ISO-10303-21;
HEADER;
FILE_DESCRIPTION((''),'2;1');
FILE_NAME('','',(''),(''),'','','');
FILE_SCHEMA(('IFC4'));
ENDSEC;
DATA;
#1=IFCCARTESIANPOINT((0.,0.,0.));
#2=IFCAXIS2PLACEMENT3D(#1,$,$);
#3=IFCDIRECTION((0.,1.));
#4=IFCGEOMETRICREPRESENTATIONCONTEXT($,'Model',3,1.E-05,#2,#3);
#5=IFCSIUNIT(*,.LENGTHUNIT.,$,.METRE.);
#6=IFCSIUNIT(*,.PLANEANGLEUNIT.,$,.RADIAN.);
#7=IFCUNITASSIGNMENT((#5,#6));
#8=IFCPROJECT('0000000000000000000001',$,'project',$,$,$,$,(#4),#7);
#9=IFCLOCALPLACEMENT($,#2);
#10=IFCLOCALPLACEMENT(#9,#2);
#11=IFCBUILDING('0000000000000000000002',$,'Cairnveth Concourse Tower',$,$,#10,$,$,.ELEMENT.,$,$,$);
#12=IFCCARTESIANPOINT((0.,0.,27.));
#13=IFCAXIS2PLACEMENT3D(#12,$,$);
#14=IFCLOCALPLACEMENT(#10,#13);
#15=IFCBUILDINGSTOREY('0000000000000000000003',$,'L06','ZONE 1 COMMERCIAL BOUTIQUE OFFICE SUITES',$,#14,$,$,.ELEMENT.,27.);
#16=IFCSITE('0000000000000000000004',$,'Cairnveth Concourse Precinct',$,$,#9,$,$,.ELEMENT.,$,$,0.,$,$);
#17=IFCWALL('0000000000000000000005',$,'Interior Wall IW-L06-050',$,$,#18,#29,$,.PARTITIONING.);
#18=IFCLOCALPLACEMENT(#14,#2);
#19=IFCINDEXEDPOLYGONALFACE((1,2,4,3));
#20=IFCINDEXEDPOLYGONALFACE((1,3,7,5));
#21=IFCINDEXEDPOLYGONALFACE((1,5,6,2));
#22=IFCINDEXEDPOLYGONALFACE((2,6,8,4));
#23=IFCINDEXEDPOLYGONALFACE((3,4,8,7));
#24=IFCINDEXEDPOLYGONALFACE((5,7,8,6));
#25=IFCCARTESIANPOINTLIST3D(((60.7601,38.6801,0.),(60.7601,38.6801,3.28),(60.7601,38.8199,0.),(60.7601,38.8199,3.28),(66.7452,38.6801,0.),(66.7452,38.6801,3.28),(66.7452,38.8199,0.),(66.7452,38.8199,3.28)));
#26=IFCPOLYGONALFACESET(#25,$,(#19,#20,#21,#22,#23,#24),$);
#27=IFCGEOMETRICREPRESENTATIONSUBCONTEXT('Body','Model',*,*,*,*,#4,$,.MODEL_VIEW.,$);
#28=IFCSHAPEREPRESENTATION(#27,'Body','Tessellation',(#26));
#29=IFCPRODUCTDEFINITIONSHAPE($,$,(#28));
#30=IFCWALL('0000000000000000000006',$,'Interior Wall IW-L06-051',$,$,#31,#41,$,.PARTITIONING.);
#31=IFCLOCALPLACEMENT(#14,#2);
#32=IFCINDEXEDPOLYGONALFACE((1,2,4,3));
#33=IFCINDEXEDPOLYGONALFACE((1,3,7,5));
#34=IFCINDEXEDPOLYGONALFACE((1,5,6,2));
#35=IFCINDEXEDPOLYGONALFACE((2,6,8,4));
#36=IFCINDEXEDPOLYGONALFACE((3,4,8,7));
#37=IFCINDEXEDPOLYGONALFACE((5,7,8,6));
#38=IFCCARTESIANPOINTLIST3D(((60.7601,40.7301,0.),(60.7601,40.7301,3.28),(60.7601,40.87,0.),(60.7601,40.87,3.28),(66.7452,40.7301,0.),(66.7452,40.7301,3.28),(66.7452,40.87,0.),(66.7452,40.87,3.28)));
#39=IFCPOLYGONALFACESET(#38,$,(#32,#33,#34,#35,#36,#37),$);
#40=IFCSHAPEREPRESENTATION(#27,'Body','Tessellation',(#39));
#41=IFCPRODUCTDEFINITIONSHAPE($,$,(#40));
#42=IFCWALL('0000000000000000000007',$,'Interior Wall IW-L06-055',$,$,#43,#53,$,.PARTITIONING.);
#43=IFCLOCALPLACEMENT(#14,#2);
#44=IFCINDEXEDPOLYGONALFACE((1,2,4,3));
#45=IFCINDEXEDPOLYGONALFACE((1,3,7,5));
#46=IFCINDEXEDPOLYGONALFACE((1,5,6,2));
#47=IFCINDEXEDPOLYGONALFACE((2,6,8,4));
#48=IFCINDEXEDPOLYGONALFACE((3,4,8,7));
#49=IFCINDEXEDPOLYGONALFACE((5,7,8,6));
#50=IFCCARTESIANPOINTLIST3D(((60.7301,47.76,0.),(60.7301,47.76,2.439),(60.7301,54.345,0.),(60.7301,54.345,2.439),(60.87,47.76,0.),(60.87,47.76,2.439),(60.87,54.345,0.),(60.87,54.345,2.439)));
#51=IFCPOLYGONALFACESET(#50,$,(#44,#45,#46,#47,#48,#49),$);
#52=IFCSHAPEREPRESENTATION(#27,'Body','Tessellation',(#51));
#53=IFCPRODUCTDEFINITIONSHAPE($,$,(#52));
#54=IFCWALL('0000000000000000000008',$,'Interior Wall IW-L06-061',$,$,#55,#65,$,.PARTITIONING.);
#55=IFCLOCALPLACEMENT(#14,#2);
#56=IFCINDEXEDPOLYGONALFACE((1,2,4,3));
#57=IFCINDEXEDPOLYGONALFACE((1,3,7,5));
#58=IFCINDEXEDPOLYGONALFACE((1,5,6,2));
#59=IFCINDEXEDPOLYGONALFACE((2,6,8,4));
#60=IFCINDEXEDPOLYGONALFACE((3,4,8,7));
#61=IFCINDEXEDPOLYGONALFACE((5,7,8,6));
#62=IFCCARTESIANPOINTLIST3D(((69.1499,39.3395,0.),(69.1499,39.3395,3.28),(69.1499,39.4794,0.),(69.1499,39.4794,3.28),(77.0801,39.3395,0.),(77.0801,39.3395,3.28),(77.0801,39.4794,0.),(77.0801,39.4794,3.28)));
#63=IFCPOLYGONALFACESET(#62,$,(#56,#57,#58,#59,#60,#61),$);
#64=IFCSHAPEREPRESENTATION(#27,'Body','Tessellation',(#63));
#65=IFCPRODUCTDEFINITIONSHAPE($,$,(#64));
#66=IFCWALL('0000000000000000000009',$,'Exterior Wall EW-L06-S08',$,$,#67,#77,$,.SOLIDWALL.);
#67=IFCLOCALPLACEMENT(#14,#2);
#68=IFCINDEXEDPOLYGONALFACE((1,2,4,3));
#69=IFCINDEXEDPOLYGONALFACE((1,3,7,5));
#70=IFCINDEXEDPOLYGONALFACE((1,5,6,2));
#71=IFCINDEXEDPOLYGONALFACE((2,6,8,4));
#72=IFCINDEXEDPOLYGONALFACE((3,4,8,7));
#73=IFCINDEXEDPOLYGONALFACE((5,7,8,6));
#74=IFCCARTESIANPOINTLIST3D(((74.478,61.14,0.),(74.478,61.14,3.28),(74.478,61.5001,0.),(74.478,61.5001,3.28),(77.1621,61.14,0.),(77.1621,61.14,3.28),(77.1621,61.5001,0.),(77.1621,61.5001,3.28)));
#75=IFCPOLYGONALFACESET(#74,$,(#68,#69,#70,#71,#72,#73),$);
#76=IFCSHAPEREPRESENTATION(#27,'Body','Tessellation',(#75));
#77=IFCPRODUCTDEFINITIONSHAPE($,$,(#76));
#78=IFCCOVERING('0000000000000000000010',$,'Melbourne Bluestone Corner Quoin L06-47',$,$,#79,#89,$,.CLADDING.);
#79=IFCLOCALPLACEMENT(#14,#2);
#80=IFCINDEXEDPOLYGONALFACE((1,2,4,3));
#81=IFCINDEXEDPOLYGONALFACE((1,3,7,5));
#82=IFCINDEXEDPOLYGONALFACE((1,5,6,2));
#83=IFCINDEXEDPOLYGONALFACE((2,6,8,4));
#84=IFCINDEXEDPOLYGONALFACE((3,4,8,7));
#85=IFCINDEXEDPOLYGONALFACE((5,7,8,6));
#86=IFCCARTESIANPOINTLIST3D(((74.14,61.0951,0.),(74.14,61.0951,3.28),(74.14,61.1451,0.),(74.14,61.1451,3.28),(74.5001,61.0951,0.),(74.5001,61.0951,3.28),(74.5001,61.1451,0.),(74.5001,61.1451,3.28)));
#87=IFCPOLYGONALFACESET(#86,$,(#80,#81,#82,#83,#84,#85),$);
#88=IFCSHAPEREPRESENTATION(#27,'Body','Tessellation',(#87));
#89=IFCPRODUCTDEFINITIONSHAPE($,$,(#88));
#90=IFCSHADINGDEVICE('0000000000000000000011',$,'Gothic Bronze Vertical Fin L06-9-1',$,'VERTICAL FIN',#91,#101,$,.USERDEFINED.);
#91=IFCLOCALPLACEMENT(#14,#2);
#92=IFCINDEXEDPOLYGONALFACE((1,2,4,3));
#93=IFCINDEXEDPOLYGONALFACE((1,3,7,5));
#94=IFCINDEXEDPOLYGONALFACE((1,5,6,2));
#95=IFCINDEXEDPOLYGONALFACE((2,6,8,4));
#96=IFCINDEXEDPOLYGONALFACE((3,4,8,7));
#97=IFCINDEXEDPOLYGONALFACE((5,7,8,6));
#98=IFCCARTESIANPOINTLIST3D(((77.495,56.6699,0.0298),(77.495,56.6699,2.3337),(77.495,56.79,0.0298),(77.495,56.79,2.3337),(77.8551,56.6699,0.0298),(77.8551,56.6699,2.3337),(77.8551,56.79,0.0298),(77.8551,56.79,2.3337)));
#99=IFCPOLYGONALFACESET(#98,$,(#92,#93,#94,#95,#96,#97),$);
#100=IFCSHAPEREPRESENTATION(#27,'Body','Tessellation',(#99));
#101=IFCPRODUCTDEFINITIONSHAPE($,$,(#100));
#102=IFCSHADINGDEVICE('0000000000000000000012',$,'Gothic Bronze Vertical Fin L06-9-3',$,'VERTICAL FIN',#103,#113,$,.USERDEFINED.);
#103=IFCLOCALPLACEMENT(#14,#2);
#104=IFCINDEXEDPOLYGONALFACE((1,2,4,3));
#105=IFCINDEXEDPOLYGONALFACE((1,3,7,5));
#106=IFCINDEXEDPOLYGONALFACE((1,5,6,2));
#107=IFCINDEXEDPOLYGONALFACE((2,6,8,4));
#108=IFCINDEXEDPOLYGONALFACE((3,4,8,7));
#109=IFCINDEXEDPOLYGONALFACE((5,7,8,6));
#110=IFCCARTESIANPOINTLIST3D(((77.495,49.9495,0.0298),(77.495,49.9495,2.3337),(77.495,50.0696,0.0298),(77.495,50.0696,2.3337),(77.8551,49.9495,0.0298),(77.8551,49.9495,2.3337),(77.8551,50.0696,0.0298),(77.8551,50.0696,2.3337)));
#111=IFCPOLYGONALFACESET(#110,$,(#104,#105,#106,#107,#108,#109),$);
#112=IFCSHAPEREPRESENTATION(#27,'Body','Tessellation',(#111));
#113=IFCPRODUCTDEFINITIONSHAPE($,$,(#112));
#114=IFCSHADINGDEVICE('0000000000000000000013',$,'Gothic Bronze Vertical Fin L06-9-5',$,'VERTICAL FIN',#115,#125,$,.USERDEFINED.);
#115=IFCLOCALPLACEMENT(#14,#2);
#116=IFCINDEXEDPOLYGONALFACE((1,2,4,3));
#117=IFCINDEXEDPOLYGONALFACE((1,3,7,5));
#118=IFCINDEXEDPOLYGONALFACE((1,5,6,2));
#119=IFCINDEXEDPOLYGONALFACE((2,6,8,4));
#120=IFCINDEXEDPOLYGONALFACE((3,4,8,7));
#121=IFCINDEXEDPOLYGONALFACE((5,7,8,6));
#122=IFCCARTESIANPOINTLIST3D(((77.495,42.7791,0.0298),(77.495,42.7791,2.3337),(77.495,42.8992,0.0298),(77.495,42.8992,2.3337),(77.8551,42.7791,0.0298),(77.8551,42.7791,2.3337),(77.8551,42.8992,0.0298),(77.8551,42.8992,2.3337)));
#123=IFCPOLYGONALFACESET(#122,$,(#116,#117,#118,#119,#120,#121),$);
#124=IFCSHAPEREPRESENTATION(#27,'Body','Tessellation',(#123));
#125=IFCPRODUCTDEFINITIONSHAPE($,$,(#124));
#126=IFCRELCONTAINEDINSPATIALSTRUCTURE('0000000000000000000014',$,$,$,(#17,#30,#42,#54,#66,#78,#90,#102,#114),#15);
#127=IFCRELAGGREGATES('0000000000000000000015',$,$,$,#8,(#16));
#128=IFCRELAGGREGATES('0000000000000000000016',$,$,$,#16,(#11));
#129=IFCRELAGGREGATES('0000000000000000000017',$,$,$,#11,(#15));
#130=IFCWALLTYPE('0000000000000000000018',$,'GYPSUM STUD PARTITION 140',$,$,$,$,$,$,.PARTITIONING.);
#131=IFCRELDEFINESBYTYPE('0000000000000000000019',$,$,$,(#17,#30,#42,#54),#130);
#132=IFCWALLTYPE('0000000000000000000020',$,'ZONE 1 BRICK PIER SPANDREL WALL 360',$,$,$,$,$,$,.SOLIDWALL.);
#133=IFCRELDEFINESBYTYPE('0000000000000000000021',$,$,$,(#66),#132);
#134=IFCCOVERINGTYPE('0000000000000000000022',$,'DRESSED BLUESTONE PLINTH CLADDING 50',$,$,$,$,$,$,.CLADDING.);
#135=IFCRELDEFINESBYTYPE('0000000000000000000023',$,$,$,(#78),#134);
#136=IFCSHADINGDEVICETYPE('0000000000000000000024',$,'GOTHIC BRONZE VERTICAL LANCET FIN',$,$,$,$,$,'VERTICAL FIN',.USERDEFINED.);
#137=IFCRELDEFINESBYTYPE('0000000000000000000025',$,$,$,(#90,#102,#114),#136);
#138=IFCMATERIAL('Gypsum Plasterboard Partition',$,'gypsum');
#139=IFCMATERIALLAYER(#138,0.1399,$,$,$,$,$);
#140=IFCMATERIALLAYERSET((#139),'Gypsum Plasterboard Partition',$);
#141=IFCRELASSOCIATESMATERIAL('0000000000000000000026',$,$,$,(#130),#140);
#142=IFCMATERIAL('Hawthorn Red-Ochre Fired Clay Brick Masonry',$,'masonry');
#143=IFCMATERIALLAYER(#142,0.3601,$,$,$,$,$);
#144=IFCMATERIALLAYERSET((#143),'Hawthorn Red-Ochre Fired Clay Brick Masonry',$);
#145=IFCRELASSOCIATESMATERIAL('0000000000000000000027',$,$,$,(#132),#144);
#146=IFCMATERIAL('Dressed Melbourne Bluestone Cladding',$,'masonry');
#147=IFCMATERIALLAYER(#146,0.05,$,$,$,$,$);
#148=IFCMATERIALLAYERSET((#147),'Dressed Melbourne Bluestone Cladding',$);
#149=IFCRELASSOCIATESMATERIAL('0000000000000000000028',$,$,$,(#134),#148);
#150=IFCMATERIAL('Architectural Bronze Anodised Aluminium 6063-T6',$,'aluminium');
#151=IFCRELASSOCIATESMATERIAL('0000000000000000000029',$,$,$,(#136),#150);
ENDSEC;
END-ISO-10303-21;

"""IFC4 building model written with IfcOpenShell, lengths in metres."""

from ifc_helpers import new_model, si_unit, direction, frame, frame_2d, origin, origin_2d, place, context, subcontext, project, spatial, rectangle, extrude, material, layer, layer_set, type_object, element, save


model = new_model("IFC4")

# Units and contexts
model_context = context("Model", 3, precision=1e-05, world=origin(), true_north=direction((0.0, 1.0)))
body_context = subcontext(model_context, "Body", "Model", "MODEL_VIEW")
ifc_project = project(units=[si_unit("LENGTHUNIT", "METRE"), si_unit("PLANEANGLEUNIT", "RADIAN")], contexts=[model_context])

# Site, building, storey
site_placement = place(None, origin())
site = spatial("IfcSite", under=ifc_project, at=site_placement, Name="Cairnveth Concourse Precinct", CompositionType="ELEMENT", RefElevation=0.0)
building_placement = place(site_placement, origin())
building = spatial("IfcBuilding", under=site, at=building_placement, Name="Cairnveth Concourse Tower", CompositionType="ELEMENT")
storey_placement = place(building_placement, frame((0.0, 0.0, 27.0)))
storey = spatial("IfcBuildingStorey", under=building, at=storey_placement, Name="L06", Description="ZONE 1 COMMERCIAL BOUTIQUE OFFICE SUITES", CompositionType="ELEMENT", Elevation=27.0)

# Shared definitions
ifc_material_1 = material(Name="Gypsum Plasterboard Partition", Category="gypsum")
ifc_layer_1 = layer(ifc_material_1, 0.1399)
ifc_layer_set_1 = layer_set([ifc_layer_1], Name="Gypsum Plasterboard Partition")
wall_type_1 = type_object("IfcWallType", Name="GYPSUM STUD PARTITION 140", PredefinedType="PARTITIONING", material=ifc_layer_set_1)

# Walls
for number, where, z_axis, x_axis, name in (
    (1, (60.76, 38.75, 0.0), (0.0, 0.0, 1.0), (1.0, 0.0, 0.0), "Interior Wall IW-L06-050"),
    (2, (60.76, 40.8, 0.0), (0.0, 0.0, 1.0), (1.0, 0.0, 0.0), "Interior Wall IW-L06-051"),
):
    element("IfcWall", number, at=place(storey_placement, frame(where, z_axis=z_axis, x_axis=x_axis)), inside=storey, type_object=wall_type_1, Name=name, PredefinedType="PARTITIONING", context=body_context, shape_type="SweptSolid", body=[
        extrude(rectangle(XDim=5.9851, YDim=0.1399, at=frame_2d((2.9927, 0.0))), origin(), (0.0, 0.0, 1.0), 3.28),
    ])
wall_1_placement = place(storey_placement, frame((60.8, 47.76, 0.0), z_axis=(0.0, 0.0, 1.0), x_axis=(0.0, 1.0, 0.0)))
element("IfcWall", 3, at=wall_1_placement, inside=storey, type_object=wall_type_1, Name="Interior Wall IW-L06-055", PredefinedType="PARTITIONING", context=body_context, shape_type="SweptSolid", body=[
    extrude(rectangle(XDim=6.585, YDim=0.1399, at=frame_2d((3.2925, 0.0))), origin(), (0.0, 0.0, 1.0), 2.439),
])
wall_2_placement = place(storey_placement, frame((69.1499, 39.4094, 0.0), z_axis=(0.0, 0.0, 1.0), x_axis=(1.0, 0.0, 0.0)))
element("IfcWall", 4, at=wall_2_placement, inside=storey, type_object=wall_type_1, Name="Interior Wall IW-L06-061", PredefinedType="PARTITIONING", context=body_context, shape_type="SweptSolid", body=[
    extrude(rectangle(XDim=7.9302, YDim=0.1399, at=frame_2d((3.9651, 0.0))), origin(), (0.0, 0.0, 1.0), 3.28),
])
ifc_material_2 = material(Name="Hawthorn Red-Ochre Fired Clay Brick Masonry", Category="masonry")
ifc_layer_2 = layer(ifc_material_2, 0.3601)
ifc_layer_set_2 = layer_set([ifc_layer_2], Name="Hawthorn Red-Ochre Fired Clay Brick Masonry")
wall_type_2 = type_object("IfcWallType", Name="ZONE 1 BRICK PIER SPANDREL WALL 360", PredefinedType="SOLIDWALL", material=ifc_layer_set_2)
wall_3_placement = place(storey_placement, frame((74.478, 61.3201, 0.0), z_axis=(0.0, 0.0, 1.0), x_axis=(1.0, 0.0, 0.0)))
element("IfcWall", 5, at=wall_3_placement, inside=storey, type_object=wall_type_2, Name="Exterior Wall EW-L06-S08", PredefinedType="SOLIDWALL", context=body_context, shape_type="SweptSolid", body=[
    extrude(rectangle(XDim=2.6841, YDim=0.3601, at=frame_2d((1.342, 0.0))), origin(), (0.0, 0.0, 1.0), 3.28),
])

# Covering
ifc_material_3 = material(Name="Dressed Melbourne Bluestone Cladding", Category="masonry")
ifc_layer_3 = layer(ifc_material_3, 0.05)
ifc_layer_set_3 = layer_set([ifc_layer_3], Name="Dressed Melbourne Bluestone Cladding")
covering_type = type_object("IfcCoveringType", Name="DRESSED BLUESTONE PLINTH CLADDING 50", PredefinedType="CLADDING", material=ifc_layer_set_3)
covering_placement = place(storey_placement, frame((74.1399, 61.1201, 0.0), z_axis=(0.0, 0.0, 1.0), x_axis=(1.0, 0.0, 0.0)))
element("IfcCovering", 6, at=covering_placement, inside=storey, type_object=covering_type, Name="Melbourne Bluestone Corner Quoin L06-47", PredefinedType="CLADDING", context=body_context, shape_type="SweptSolid", body=[
    extrude(rectangle(XDim=0.3601, YDim=0.05, at=frame_2d((0.1802, 0.0))), origin(), (0.0, 0.0, 1.0), 3.28),
])

# Shading devices
ifc_material_4 = material(Name="Architectural Bronze Anodised Aluminium 6063-T6", Category="aluminium")
shading_device_type = type_object("IfcShadingDeviceType", Name="GOTHIC BRONZE VERTICAL LANCET FIN", ElementType="VERTICAL FIN", PredefinedType="USERDEFINED", material=ifc_material_4)
for number, where, z_axis, x_axis, name in (
    (7, (77.675, 56.73, 0.0298), (0.0, 0.0, 1.0), (0.0, 1.0, 0.0), "Gothic Bronze Vertical Fin L06-9-1"),
    (8, (77.675, 50.0095, 0.0298), (0.0, 0.0, 1.0), (0.0, 1.0, 0.0), "Gothic Bronze Vertical Fin L06-9-3"),
    (9, (77.675, 42.8391, 0.0298), (0.0, 0.0, 1.0), (0.0, 1.0, 0.0), "Gothic Bronze Vertical Fin L06-9-5"),
):
    element("IfcShadingDevice", number, at=place(storey_placement, frame(where, z_axis=z_axis, x_axis=x_axis)), inside=storey, type_object=shading_device_type, Name=name, ObjectType="VERTICAL FIN", PredefinedType="USERDEFINED", context=body_context, shape_type="SweptSolid", body=[
        extrude(rectangle(XDim=0.1201, YDim=0.3601, at=origin_2d()), origin(), (0.0, 0.0, 1.0), 2.304),
    ])

save(model, "model.ifc")
